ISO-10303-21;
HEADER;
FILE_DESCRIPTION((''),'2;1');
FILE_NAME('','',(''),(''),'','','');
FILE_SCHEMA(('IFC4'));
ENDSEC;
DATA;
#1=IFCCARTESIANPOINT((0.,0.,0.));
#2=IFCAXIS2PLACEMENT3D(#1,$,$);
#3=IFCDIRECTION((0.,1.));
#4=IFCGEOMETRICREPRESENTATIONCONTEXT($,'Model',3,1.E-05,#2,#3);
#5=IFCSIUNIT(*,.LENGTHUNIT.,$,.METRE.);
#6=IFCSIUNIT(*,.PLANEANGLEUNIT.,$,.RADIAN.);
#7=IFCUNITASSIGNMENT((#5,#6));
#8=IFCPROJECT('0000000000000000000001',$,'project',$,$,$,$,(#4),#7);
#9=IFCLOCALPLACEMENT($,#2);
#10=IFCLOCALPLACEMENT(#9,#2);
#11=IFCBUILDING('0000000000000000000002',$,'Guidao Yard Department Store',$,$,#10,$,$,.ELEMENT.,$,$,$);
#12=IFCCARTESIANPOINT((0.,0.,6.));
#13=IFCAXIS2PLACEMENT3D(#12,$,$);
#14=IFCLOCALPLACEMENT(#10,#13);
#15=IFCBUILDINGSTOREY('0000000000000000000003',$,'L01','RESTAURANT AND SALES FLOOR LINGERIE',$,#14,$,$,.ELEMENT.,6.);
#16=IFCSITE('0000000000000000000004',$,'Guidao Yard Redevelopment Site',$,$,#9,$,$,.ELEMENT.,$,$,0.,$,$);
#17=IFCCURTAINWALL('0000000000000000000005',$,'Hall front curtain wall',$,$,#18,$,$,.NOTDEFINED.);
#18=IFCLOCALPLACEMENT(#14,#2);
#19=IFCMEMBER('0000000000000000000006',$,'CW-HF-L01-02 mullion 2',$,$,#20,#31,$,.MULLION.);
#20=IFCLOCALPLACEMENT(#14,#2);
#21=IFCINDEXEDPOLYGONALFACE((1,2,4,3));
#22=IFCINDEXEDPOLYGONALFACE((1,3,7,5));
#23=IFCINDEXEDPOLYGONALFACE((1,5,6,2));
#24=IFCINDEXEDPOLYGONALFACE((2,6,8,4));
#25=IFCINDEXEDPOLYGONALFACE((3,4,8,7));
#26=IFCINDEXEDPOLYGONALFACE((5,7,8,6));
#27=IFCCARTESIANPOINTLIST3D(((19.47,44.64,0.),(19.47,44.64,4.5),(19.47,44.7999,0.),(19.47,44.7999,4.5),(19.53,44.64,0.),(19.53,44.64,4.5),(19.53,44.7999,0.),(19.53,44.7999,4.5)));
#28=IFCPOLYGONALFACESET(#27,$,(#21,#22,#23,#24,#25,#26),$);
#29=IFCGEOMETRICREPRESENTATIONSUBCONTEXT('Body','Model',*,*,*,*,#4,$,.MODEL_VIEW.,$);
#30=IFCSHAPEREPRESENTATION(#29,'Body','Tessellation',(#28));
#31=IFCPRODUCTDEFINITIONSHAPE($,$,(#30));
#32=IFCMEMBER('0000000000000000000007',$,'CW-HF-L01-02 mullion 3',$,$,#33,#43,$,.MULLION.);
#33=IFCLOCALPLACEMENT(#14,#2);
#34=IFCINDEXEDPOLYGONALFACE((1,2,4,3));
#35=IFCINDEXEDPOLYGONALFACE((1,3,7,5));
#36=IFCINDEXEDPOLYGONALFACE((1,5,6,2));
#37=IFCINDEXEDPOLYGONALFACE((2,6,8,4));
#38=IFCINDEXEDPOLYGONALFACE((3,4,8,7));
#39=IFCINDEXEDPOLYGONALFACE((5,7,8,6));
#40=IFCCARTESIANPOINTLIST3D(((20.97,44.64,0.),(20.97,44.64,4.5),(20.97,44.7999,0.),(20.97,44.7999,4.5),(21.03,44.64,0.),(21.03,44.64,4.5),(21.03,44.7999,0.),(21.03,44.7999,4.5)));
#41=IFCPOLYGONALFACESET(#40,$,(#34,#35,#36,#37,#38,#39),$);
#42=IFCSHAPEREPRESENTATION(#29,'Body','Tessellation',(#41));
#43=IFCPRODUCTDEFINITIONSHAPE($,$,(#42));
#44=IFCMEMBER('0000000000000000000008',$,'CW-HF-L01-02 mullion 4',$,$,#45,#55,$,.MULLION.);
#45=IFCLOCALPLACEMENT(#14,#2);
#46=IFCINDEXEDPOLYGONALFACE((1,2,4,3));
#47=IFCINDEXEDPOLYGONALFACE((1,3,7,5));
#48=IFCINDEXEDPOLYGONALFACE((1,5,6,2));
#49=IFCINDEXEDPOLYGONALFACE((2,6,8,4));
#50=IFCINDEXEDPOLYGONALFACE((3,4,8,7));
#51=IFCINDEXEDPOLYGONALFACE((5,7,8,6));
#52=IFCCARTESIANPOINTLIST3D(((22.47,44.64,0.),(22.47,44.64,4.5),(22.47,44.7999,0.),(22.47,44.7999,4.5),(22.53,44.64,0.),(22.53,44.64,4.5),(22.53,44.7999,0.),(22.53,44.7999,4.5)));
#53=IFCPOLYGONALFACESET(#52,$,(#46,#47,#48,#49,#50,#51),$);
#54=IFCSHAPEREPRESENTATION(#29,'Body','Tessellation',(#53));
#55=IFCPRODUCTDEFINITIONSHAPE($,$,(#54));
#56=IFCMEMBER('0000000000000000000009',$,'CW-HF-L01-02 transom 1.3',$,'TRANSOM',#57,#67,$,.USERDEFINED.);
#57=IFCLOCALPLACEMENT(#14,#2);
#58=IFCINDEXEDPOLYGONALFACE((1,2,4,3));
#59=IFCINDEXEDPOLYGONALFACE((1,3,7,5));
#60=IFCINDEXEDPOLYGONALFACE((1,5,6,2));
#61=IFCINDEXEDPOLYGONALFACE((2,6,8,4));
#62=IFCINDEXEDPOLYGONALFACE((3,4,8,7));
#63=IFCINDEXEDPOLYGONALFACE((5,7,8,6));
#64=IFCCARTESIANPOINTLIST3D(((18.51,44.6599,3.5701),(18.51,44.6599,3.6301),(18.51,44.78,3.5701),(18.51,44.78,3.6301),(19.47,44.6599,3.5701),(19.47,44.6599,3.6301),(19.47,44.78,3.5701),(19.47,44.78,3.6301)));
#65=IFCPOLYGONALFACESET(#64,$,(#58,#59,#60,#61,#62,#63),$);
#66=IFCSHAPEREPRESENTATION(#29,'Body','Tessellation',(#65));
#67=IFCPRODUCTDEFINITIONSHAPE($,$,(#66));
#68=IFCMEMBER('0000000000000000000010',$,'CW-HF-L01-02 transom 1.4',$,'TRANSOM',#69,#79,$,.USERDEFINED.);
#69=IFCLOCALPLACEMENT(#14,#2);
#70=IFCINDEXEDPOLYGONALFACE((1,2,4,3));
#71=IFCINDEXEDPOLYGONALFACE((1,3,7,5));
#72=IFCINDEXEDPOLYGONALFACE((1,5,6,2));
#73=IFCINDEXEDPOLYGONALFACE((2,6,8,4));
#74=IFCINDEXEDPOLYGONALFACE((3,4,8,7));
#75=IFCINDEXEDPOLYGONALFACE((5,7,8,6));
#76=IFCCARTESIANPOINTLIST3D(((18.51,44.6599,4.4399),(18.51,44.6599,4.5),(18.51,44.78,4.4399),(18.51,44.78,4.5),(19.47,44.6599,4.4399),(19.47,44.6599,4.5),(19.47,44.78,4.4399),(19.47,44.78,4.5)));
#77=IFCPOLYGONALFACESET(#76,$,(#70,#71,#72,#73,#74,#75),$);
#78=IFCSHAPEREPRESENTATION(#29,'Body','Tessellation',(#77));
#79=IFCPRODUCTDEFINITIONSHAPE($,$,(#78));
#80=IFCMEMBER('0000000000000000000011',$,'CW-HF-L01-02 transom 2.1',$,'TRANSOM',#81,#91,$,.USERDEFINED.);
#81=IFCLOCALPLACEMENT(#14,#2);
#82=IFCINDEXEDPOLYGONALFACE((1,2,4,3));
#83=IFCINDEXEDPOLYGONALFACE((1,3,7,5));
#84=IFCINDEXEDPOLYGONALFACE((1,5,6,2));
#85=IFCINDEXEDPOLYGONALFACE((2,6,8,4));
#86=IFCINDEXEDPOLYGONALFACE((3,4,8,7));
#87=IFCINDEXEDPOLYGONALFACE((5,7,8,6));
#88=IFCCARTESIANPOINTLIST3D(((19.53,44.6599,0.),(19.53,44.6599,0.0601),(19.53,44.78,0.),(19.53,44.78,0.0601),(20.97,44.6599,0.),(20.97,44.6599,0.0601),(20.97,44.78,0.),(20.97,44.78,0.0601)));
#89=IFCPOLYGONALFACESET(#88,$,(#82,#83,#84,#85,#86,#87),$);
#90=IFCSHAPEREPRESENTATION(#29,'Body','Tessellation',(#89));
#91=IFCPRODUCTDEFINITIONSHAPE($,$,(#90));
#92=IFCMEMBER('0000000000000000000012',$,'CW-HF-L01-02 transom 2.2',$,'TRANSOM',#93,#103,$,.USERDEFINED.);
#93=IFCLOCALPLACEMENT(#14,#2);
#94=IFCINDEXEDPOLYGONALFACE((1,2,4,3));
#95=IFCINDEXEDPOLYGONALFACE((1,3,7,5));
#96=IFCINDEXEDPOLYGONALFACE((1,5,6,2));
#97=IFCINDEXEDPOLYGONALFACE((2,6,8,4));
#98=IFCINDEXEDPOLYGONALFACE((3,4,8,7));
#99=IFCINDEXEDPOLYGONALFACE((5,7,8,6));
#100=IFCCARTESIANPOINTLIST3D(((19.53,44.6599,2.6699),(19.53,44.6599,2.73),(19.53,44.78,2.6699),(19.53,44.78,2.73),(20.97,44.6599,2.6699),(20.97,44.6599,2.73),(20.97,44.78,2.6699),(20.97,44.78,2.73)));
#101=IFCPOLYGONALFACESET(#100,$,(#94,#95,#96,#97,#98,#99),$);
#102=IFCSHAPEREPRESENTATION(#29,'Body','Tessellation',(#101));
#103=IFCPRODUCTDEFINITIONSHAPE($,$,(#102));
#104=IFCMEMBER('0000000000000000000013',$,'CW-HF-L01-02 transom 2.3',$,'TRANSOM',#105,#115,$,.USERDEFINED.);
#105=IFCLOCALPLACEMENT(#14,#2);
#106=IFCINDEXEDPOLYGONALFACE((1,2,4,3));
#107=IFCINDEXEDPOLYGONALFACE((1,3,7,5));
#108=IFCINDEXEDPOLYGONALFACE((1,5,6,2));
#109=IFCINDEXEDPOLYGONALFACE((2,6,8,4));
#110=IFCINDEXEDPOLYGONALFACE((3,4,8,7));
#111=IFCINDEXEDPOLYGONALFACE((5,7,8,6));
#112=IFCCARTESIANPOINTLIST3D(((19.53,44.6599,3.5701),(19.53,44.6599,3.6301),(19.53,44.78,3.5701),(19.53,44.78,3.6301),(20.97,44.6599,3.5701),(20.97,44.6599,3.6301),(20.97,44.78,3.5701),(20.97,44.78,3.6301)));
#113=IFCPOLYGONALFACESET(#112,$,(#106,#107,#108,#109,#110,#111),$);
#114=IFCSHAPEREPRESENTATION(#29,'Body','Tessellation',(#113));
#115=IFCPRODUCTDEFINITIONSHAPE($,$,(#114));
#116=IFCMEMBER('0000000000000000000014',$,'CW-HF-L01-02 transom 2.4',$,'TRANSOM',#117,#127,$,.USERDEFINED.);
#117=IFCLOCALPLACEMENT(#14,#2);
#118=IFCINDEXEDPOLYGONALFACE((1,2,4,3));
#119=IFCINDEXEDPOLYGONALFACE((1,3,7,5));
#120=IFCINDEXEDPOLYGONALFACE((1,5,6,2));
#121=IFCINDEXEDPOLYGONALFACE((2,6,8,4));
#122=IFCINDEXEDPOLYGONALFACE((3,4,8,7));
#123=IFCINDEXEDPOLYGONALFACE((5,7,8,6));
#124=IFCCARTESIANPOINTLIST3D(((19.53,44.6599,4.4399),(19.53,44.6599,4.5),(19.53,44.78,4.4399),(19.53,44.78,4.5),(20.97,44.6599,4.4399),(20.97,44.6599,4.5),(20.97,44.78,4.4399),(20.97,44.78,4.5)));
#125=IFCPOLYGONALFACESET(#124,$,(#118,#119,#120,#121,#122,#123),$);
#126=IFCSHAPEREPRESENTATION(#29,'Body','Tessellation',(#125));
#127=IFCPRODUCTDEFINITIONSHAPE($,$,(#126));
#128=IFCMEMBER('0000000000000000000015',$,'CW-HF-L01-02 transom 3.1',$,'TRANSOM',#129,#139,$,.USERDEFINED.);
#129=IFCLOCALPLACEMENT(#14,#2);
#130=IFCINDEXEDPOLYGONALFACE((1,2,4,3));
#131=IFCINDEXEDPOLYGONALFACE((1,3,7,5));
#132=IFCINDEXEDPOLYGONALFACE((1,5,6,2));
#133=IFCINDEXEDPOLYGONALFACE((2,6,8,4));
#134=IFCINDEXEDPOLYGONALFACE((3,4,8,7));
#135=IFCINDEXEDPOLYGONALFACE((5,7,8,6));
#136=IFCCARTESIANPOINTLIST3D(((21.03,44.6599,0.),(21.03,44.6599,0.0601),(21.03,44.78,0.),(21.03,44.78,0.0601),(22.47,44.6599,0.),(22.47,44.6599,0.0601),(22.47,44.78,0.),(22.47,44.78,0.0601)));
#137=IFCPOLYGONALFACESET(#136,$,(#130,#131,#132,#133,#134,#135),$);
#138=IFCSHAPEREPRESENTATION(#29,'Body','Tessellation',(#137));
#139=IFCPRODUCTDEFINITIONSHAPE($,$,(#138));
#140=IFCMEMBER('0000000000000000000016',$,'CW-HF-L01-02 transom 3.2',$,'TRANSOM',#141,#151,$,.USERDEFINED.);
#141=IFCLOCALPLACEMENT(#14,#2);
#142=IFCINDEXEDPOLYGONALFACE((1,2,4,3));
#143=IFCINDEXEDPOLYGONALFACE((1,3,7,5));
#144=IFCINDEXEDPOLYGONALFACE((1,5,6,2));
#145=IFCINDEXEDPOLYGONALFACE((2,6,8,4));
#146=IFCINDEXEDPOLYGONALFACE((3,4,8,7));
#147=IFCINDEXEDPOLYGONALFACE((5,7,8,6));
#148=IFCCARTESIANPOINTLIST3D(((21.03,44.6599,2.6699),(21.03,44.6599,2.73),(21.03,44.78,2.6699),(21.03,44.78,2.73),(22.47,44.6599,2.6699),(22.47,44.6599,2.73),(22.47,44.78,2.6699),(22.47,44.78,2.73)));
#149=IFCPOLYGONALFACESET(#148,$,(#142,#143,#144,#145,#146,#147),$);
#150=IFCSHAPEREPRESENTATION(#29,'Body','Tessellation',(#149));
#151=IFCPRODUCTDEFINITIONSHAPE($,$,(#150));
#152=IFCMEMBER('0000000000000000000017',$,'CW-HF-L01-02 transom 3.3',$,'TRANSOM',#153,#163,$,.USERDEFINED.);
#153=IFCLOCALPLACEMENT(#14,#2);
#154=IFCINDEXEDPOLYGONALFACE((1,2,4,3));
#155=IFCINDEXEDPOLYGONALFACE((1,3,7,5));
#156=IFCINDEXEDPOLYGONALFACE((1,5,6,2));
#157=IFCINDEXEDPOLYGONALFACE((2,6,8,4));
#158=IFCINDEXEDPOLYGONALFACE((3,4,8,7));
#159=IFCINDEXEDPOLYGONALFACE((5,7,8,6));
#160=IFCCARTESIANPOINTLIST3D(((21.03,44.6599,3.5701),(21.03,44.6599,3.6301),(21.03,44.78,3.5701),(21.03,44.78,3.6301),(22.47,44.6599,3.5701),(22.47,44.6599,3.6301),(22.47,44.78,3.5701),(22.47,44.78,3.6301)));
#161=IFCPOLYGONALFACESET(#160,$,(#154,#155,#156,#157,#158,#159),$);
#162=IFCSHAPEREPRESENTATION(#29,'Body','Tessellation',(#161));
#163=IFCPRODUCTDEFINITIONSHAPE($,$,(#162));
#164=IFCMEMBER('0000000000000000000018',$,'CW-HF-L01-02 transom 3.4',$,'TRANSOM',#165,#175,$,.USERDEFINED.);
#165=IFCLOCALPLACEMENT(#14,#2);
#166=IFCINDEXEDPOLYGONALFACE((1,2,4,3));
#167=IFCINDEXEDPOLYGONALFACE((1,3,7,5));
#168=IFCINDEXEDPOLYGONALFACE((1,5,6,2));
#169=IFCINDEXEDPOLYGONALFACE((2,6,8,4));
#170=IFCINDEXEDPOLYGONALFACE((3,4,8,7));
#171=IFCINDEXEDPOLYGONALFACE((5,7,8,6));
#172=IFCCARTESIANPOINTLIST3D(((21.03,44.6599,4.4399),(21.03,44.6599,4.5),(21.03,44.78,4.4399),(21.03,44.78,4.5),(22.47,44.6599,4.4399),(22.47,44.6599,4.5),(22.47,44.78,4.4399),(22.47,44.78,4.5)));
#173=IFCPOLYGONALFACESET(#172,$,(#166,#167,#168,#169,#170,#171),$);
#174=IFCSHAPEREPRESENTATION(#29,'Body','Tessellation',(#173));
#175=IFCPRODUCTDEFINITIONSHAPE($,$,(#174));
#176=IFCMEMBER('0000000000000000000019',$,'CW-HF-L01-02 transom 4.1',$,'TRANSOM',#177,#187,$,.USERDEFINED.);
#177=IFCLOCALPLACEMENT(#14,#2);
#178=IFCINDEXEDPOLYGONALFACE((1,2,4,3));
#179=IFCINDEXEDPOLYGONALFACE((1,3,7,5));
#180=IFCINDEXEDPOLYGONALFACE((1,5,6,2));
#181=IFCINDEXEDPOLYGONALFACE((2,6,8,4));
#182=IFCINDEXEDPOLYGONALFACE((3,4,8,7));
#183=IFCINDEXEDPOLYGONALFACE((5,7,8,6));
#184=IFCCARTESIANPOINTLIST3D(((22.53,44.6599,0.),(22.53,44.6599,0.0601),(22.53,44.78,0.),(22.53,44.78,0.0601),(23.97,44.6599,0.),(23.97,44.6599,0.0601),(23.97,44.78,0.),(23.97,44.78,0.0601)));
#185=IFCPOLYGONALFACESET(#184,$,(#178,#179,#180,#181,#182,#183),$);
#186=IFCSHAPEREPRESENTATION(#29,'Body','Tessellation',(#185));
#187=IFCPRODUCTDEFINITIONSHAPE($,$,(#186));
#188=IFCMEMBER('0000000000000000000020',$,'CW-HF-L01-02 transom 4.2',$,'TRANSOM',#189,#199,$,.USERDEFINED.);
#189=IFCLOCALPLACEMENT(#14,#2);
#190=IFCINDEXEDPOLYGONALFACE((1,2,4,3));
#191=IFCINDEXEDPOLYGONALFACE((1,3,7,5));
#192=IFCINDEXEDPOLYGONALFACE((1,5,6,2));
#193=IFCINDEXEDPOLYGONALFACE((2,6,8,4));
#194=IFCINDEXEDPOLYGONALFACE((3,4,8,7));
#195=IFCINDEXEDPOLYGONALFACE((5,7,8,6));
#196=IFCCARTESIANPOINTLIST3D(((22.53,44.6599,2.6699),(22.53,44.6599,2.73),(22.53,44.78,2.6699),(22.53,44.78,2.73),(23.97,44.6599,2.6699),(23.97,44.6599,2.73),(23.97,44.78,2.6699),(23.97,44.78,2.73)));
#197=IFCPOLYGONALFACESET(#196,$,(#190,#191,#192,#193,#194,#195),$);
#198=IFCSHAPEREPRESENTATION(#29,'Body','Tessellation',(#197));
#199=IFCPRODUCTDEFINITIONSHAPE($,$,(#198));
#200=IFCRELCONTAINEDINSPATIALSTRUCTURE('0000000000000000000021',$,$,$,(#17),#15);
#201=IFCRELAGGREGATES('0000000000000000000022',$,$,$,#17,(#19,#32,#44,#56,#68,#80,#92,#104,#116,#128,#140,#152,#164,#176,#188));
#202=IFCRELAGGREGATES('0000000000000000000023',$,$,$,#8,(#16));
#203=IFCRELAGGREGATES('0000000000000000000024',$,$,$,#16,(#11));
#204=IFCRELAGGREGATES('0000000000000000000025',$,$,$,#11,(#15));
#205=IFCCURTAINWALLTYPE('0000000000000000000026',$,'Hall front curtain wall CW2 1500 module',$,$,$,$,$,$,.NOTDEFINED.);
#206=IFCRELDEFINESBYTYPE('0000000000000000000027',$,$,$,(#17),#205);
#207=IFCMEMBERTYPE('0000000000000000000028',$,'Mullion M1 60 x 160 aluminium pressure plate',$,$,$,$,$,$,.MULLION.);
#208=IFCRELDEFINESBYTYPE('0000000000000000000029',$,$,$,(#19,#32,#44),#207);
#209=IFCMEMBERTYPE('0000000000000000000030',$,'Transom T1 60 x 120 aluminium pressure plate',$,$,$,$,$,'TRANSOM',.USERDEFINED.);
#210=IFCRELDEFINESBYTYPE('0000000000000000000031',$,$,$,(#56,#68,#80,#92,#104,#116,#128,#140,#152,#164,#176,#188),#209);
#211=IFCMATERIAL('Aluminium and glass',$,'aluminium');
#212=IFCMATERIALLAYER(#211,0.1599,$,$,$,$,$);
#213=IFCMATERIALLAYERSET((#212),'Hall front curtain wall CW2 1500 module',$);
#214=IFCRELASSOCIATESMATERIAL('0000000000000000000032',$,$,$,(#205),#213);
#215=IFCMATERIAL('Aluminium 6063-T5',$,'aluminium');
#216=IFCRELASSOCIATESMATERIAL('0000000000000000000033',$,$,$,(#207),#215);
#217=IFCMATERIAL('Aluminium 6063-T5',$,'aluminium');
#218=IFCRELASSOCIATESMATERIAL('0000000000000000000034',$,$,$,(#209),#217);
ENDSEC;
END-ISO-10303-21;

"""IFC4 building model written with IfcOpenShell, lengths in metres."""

from ifc_helpers import new_model, si_unit, direction, frame, origin, origin_2d, place, context, subcontext, project, spatial, rectangle, extrude, material, layer, layer_set, material_profile, profile_set, type_object, element, aggregate, save


model = new_model("IFC4")

# Units and contexts
model_context = context("Model", 3, precision=1e-05, world=origin(), true_north=direction((0.0, 1.0)))
body_context = subcontext(model_context, "Body", "Model", "MODEL_VIEW")
ifc_project = project(units=[si_unit("LENGTHUNIT", "METRE"), si_unit("PLANEANGLEUNIT", "RADIAN")], contexts=[model_context])

# Site, building, storey
site_placement = place(None, origin())
site = spatial("IfcSite", under=ifc_project, at=site_placement, Name="Guidao Yard Redevelopment Site", CompositionType="ELEMENT", RefElevation=0.0)
building_placement = place(site_placement, origin())
building = spatial("IfcBuilding", under=site, at=building_placement, Name="Guidao Yard Department Store", CompositionType="ELEMENT")
storey_placement = place(building_placement, frame((0.0, 0.0, 6.0)))
storey = spatial("IfcBuildingStorey", under=building, at=storey_placement, Name="L01", Description="RESTAURANT AND SALES FLOOR LINGERIE", CompositionType="ELEMENT", Elevation=6.0)

# Curtain wall, members
ifc_material_1 = material(Name="Aluminium and glass", Category="aluminium")
ifc_layer_1 = layer(ifc_material_1, 0.1599)
ifc_layer_set_1 = layer_set([ifc_layer_1], Name="Hall front curtain wall CW2 1500 module")
curtain_wall_type = type_object("IfcCurtainWallType", Name="Hall front curtain wall CW2 1500 module", PredefinedType="NOTDEFINED", material=ifc_layer_set_1)
curtain_wall_placement = place(storey_placement, origin())
curtain_wall = element("IfcCurtainWall", 1, at=curtain_wall_placement, inside=storey, type_object=curtain_wall_type, Name="Hall front curtain wall", PredefinedType="NOTDEFINED")
ifc_material_2 = material(Name="Aluminium 6063-T5", Category="aluminium")
ifc_material_profile_1 = material_profile(ifc_material_2, rectangle(XDim=0.0601, YDim=0.1599, at=origin_2d()), Name="Mullion M1 60 x 160 aluminium pressure plate")
ifc_profile_set_1 = profile_set([ifc_material_profile_1], Name="Aluminium 6063-T5")
member_type_1 = type_object("IfcMemberType", Name="Mullion M1 60 x 160 aluminium pressure plate", PredefinedType="MULLION", material=ifc_profile_set_1)
member_1_placement = place(storey_placement, frame((19.5, 44.72, 0.0), z_axis=(0.0, 0.0, 1.0), x_axis=(-1.0, 0.0, 0.0)))
member_1 = element("IfcMember", 2, at=member_1_placement, type_object=member_type_1, Name="CW-HF-L01-02 mullion 2", PredefinedType="MULLION", context=body_context, shape_type="SweptSolid", body=[
    extrude(rectangle(XDim=0.0601, YDim=0.1599, at=origin_2d()), origin(), (0.0, 0.0, 1.0), 4.5),
])
member_2_placement = place(storey_placement, frame((21.0, 44.72, 0.0), z_axis=(0.0, 0.0, 1.0), x_axis=(-1.0, 0.0, 0.0)))
member_2 = element("IfcMember", 3, at=member_2_placement, type_object=member_type_1, Name="CW-HF-L01-02 mullion 3", PredefinedType="MULLION", context=body_context, shape_type="SweptSolid", body=[
    extrude(rectangle(XDim=0.0601, YDim=0.1599, at=origin_2d()), origin(), (0.0, 0.0, 1.0), 4.5),
])
member_3_placement = place(storey_placement, frame((22.5, 44.72, 0.0), z_axis=(0.0, 0.0, 1.0), x_axis=(-1.0, 0.0, 0.0)))
member_3 = element("IfcMember", 4, at=member_3_placement, type_object=member_type_1, Name="CW-HF-L01-02 mullion 4", PredefinedType="MULLION", context=body_context, shape_type="SweptSolid", body=[
    extrude(rectangle(XDim=0.0601, YDim=0.1599, at=origin_2d()), origin(), (0.0, 0.0, 1.0), 4.5),
])
ifc_material_3 = material(Name="Aluminium 6063-T5", Category="aluminium")
ifc_material_profile_2 = material_profile(ifc_material_3, rectangle(XDim=0.1201, YDim=0.0601, at=origin_2d()), Name="Transom T1 60 x 120 aluminium pressure plate")
ifc_profile_set_2 = profile_set([ifc_material_profile_2], Name="Aluminium 6063-T5")
member_type_2 = type_object("IfcMemberType", Name="Transom T1 60 x 120 aluminium pressure plate", ElementType="TRANSOM", PredefinedType="USERDEFINED", material=ifc_profile_set_2)
member_4_placement = place(storey_placement, frame((19.47, 44.72, 3.6001), z_axis=(-1.0, 0.0, 0.0), x_axis=(0.0, -1.0, 0.0)))
member_4 = element("IfcMember", 5, at=member_4_placement, type_object=member_type_2, Name="CW-HF-L01-02 transom 1.3", ObjectType="TRANSOM", PredefinedType="USERDEFINED", context=body_context, shape_type="SweptSolid", body=[
    extrude(rectangle(XDim=0.1201, YDim=0.0601, at=origin_2d()), origin(), (0.0, 0.0, 1.0), 0.96),
])
member_5_placement = place(storey_placement, frame((19.47, 44.72, 4.47), z_axis=(-1.0, 0.0, 0.0), x_axis=(0.0, -1.0, 0.0)))
member_5 = element("IfcMember", 6, at=member_5_placement, type_object=member_type_2, Name="CW-HF-L01-02 transom 1.4", ObjectType="TRANSOM", PredefinedType="USERDEFINED", context=body_context, shape_type="SweptSolid", body=[
    extrude(rectangle(XDim=0.1201, YDim=0.0601, at=origin_2d()), origin(), (0.0, 0.0, 1.0), 0.96),
])
member_6_placement = place(storey_placement, frame((20.97, 44.72, 0.03), z_axis=(-1.0, 0.0, 0.0), x_axis=(0.0, -1.0, 0.0)))
member_6 = element("IfcMember", 7, at=member_6_placement, type_object=member_type_2, Name="CW-HF-L01-02 transom 2.1", ObjectType="TRANSOM", PredefinedType="USERDEFINED", context=body_context, shape_type="SweptSolid", body=[
    extrude(rectangle(XDim=0.1201, YDim=0.0601, at=origin_2d()), origin(), (0.0, 0.0, 1.0), 1.4399),
])
member_7_placement = place(storey_placement, frame((20.97, 44.72, 2.7), z_axis=(-1.0, 0.0, 0.0), x_axis=(0.0, -1.0, 0.0)))
member_7 = element("IfcMember", 8, at=member_7_placement, type_object=member_type_2, Name="CW-HF-L01-02 transom 2.2", ObjectType="TRANSOM", PredefinedType="USERDEFINED", context=body_context, shape_type="SweptSolid", body=[
    extrude(rectangle(XDim=0.1201, YDim=0.0601, at=origin_2d()), origin(), (0.0, 0.0, 1.0), 1.4399),
])
member_8_placement = place(storey_placement, frame((20.97, 44.72, 3.6001), z_axis=(-1.0, 0.0, 0.0), x_axis=(0.0, -1.0, 0.0)))
member_8 = element("IfcMember", 9, at=member_8_placement, type_object=member_type_2, Name="CW-HF-L01-02 transom 2.3", ObjectType="TRANSOM", PredefinedType="USERDEFINED", context=body_context, shape_type="SweptSolid", body=[
    extrude(rectangle(XDim=0.1201, YDim=0.0601, at=origin_2d()), origin(), (0.0, 0.0, 1.0), 1.4399),
])
member_9_placement = place(storey_placement, frame((20.97, 44.72, 4.47), z_axis=(-1.0, 0.0, 0.0), x_axis=(0.0, -1.0, 0.0)))
member_9 = element("IfcMember", 10, at=member_9_placement, type_object=member_type_2, Name="CW-HF-L01-02 transom 2.4", ObjectType="TRANSOM", PredefinedType="USERDEFINED", context=body_context, shape_type="SweptSolid", body=[
    extrude(rectangle(XDim=0.1201, YDim=0.0601, at=origin_2d()), origin(), (0.0, 0.0, 1.0), 1.4399),
])
member_10_placement = place(storey_placement, frame((22.47, 44.72, 0.03), z_axis=(-1.0, 0.0, 0.0), x_axis=(0.0, -1.0, 0.0)))
member_10 = element("IfcMember", 11, at=member_10_placement, type_object=member_type_2, Name="CW-HF-L01-02 transom 3.1", ObjectType="TRANSOM", PredefinedType="USERDEFINED", context=body_context, shape_type="SweptSolid", body=[
    extrude(rectangle(XDim=0.1201, YDim=0.0601, at=origin_2d()), origin(), (0.0, 0.0, 1.0), 1.4399),
])
member_11_placement = place(storey_placement, frame((22.47, 44.72, 2.7), z_axis=(-1.0, 0.0, 0.0), x_axis=(0.0, -1.0, 0.0)))
member_11 = element("IfcMember", 12, at=member_11_placement, type_object=member_type_2, Name="CW-HF-L01-02 transom 3.2", ObjectType="TRANSOM", PredefinedType="USERDEFINED", context=body_context, shape_type="SweptSolid", body=[
    extrude(rectangle(XDim=0.1201, YDim=0.0601, at=origin_2d()), origin(), (0.0, 0.0, 1.0), 1.4399),
])
member_12_placement = place(storey_placement, frame((22.47, 44.72, 3.6001), z_axis=(-1.0, 0.0, 0.0), x_axis=(0.0, -1.0, 0.0)))
member_12 = element("IfcMember", 13, at=member_12_placement, type_object=member_type_2, Name="CW-HF-L01-02 transom 3.3", ObjectType="TRANSOM", PredefinedType="USERDEFINED", context=body_context, shape_type="SweptSolid", body=[
    extrude(rectangle(XDim=0.1201, YDim=0.0601, at=origin_2d()), origin(), (0.0, 0.0, 1.0), 1.4399),
])
member_13_placement = place(storey_placement, frame((22.47, 44.72, 4.47), z_axis=(-1.0, 0.0, 0.0), x_axis=(0.0, -1.0, 0.0)))
member_13 = element("IfcMember", 14, at=member_13_placement, type_object=member_type_2, Name="CW-HF-L01-02 transom 3.4", ObjectType="TRANSOM", PredefinedType="USERDEFINED", context=body_context, shape_type="SweptSolid", body=[
    extrude(rectangle(XDim=0.1201, YDim=0.0601, at=origin_2d()), origin(), (0.0, 0.0, 1.0), 1.4399),
])
member_14_placement = place(storey_placement, frame((23.97, 44.72, 0.03), z_axis=(-1.0, 0.0, 0.0), x_axis=(0.0, -1.0, 0.0)))
member_14 = element("IfcMember", 15, at=member_14_placement, type_object=member_type_2, Name="CW-HF-L01-02 transom 4.1", ObjectType="TRANSOM", PredefinedType="USERDEFINED", context=body_context, shape_type="SweptSolid", body=[
    extrude(rectangle(XDim=0.1201, YDim=0.0601, at=origin_2d()), origin(), (0.0, 0.0, 1.0), 1.4399),
])
member_15_placement = place(storey_placement, frame((23.97, 44.72, 2.7), z_axis=(-1.0, 0.0, 0.0), x_axis=(0.0, -1.0, 0.0)))
member_15 = element("IfcMember", 16, at=member_15_placement, type_object=member_type_2, Name="CW-HF-L01-02 transom 4.2", ObjectType="TRANSOM", PredefinedType="USERDEFINED", context=body_context, shape_type="SweptSolid", body=[
    extrude(rectangle(XDim=0.1201, YDim=0.0601, at=origin_2d()), origin(), (0.0, 0.0, 1.0), 1.4399),
])
aggregate(curtain_wall, [member_1, member_2, member_3, member_4, member_5, member_6, member_7, member_8, member_9, member_10, member_11, member_12, member_13, member_14, member_15])

save(model, "model.ifc")
